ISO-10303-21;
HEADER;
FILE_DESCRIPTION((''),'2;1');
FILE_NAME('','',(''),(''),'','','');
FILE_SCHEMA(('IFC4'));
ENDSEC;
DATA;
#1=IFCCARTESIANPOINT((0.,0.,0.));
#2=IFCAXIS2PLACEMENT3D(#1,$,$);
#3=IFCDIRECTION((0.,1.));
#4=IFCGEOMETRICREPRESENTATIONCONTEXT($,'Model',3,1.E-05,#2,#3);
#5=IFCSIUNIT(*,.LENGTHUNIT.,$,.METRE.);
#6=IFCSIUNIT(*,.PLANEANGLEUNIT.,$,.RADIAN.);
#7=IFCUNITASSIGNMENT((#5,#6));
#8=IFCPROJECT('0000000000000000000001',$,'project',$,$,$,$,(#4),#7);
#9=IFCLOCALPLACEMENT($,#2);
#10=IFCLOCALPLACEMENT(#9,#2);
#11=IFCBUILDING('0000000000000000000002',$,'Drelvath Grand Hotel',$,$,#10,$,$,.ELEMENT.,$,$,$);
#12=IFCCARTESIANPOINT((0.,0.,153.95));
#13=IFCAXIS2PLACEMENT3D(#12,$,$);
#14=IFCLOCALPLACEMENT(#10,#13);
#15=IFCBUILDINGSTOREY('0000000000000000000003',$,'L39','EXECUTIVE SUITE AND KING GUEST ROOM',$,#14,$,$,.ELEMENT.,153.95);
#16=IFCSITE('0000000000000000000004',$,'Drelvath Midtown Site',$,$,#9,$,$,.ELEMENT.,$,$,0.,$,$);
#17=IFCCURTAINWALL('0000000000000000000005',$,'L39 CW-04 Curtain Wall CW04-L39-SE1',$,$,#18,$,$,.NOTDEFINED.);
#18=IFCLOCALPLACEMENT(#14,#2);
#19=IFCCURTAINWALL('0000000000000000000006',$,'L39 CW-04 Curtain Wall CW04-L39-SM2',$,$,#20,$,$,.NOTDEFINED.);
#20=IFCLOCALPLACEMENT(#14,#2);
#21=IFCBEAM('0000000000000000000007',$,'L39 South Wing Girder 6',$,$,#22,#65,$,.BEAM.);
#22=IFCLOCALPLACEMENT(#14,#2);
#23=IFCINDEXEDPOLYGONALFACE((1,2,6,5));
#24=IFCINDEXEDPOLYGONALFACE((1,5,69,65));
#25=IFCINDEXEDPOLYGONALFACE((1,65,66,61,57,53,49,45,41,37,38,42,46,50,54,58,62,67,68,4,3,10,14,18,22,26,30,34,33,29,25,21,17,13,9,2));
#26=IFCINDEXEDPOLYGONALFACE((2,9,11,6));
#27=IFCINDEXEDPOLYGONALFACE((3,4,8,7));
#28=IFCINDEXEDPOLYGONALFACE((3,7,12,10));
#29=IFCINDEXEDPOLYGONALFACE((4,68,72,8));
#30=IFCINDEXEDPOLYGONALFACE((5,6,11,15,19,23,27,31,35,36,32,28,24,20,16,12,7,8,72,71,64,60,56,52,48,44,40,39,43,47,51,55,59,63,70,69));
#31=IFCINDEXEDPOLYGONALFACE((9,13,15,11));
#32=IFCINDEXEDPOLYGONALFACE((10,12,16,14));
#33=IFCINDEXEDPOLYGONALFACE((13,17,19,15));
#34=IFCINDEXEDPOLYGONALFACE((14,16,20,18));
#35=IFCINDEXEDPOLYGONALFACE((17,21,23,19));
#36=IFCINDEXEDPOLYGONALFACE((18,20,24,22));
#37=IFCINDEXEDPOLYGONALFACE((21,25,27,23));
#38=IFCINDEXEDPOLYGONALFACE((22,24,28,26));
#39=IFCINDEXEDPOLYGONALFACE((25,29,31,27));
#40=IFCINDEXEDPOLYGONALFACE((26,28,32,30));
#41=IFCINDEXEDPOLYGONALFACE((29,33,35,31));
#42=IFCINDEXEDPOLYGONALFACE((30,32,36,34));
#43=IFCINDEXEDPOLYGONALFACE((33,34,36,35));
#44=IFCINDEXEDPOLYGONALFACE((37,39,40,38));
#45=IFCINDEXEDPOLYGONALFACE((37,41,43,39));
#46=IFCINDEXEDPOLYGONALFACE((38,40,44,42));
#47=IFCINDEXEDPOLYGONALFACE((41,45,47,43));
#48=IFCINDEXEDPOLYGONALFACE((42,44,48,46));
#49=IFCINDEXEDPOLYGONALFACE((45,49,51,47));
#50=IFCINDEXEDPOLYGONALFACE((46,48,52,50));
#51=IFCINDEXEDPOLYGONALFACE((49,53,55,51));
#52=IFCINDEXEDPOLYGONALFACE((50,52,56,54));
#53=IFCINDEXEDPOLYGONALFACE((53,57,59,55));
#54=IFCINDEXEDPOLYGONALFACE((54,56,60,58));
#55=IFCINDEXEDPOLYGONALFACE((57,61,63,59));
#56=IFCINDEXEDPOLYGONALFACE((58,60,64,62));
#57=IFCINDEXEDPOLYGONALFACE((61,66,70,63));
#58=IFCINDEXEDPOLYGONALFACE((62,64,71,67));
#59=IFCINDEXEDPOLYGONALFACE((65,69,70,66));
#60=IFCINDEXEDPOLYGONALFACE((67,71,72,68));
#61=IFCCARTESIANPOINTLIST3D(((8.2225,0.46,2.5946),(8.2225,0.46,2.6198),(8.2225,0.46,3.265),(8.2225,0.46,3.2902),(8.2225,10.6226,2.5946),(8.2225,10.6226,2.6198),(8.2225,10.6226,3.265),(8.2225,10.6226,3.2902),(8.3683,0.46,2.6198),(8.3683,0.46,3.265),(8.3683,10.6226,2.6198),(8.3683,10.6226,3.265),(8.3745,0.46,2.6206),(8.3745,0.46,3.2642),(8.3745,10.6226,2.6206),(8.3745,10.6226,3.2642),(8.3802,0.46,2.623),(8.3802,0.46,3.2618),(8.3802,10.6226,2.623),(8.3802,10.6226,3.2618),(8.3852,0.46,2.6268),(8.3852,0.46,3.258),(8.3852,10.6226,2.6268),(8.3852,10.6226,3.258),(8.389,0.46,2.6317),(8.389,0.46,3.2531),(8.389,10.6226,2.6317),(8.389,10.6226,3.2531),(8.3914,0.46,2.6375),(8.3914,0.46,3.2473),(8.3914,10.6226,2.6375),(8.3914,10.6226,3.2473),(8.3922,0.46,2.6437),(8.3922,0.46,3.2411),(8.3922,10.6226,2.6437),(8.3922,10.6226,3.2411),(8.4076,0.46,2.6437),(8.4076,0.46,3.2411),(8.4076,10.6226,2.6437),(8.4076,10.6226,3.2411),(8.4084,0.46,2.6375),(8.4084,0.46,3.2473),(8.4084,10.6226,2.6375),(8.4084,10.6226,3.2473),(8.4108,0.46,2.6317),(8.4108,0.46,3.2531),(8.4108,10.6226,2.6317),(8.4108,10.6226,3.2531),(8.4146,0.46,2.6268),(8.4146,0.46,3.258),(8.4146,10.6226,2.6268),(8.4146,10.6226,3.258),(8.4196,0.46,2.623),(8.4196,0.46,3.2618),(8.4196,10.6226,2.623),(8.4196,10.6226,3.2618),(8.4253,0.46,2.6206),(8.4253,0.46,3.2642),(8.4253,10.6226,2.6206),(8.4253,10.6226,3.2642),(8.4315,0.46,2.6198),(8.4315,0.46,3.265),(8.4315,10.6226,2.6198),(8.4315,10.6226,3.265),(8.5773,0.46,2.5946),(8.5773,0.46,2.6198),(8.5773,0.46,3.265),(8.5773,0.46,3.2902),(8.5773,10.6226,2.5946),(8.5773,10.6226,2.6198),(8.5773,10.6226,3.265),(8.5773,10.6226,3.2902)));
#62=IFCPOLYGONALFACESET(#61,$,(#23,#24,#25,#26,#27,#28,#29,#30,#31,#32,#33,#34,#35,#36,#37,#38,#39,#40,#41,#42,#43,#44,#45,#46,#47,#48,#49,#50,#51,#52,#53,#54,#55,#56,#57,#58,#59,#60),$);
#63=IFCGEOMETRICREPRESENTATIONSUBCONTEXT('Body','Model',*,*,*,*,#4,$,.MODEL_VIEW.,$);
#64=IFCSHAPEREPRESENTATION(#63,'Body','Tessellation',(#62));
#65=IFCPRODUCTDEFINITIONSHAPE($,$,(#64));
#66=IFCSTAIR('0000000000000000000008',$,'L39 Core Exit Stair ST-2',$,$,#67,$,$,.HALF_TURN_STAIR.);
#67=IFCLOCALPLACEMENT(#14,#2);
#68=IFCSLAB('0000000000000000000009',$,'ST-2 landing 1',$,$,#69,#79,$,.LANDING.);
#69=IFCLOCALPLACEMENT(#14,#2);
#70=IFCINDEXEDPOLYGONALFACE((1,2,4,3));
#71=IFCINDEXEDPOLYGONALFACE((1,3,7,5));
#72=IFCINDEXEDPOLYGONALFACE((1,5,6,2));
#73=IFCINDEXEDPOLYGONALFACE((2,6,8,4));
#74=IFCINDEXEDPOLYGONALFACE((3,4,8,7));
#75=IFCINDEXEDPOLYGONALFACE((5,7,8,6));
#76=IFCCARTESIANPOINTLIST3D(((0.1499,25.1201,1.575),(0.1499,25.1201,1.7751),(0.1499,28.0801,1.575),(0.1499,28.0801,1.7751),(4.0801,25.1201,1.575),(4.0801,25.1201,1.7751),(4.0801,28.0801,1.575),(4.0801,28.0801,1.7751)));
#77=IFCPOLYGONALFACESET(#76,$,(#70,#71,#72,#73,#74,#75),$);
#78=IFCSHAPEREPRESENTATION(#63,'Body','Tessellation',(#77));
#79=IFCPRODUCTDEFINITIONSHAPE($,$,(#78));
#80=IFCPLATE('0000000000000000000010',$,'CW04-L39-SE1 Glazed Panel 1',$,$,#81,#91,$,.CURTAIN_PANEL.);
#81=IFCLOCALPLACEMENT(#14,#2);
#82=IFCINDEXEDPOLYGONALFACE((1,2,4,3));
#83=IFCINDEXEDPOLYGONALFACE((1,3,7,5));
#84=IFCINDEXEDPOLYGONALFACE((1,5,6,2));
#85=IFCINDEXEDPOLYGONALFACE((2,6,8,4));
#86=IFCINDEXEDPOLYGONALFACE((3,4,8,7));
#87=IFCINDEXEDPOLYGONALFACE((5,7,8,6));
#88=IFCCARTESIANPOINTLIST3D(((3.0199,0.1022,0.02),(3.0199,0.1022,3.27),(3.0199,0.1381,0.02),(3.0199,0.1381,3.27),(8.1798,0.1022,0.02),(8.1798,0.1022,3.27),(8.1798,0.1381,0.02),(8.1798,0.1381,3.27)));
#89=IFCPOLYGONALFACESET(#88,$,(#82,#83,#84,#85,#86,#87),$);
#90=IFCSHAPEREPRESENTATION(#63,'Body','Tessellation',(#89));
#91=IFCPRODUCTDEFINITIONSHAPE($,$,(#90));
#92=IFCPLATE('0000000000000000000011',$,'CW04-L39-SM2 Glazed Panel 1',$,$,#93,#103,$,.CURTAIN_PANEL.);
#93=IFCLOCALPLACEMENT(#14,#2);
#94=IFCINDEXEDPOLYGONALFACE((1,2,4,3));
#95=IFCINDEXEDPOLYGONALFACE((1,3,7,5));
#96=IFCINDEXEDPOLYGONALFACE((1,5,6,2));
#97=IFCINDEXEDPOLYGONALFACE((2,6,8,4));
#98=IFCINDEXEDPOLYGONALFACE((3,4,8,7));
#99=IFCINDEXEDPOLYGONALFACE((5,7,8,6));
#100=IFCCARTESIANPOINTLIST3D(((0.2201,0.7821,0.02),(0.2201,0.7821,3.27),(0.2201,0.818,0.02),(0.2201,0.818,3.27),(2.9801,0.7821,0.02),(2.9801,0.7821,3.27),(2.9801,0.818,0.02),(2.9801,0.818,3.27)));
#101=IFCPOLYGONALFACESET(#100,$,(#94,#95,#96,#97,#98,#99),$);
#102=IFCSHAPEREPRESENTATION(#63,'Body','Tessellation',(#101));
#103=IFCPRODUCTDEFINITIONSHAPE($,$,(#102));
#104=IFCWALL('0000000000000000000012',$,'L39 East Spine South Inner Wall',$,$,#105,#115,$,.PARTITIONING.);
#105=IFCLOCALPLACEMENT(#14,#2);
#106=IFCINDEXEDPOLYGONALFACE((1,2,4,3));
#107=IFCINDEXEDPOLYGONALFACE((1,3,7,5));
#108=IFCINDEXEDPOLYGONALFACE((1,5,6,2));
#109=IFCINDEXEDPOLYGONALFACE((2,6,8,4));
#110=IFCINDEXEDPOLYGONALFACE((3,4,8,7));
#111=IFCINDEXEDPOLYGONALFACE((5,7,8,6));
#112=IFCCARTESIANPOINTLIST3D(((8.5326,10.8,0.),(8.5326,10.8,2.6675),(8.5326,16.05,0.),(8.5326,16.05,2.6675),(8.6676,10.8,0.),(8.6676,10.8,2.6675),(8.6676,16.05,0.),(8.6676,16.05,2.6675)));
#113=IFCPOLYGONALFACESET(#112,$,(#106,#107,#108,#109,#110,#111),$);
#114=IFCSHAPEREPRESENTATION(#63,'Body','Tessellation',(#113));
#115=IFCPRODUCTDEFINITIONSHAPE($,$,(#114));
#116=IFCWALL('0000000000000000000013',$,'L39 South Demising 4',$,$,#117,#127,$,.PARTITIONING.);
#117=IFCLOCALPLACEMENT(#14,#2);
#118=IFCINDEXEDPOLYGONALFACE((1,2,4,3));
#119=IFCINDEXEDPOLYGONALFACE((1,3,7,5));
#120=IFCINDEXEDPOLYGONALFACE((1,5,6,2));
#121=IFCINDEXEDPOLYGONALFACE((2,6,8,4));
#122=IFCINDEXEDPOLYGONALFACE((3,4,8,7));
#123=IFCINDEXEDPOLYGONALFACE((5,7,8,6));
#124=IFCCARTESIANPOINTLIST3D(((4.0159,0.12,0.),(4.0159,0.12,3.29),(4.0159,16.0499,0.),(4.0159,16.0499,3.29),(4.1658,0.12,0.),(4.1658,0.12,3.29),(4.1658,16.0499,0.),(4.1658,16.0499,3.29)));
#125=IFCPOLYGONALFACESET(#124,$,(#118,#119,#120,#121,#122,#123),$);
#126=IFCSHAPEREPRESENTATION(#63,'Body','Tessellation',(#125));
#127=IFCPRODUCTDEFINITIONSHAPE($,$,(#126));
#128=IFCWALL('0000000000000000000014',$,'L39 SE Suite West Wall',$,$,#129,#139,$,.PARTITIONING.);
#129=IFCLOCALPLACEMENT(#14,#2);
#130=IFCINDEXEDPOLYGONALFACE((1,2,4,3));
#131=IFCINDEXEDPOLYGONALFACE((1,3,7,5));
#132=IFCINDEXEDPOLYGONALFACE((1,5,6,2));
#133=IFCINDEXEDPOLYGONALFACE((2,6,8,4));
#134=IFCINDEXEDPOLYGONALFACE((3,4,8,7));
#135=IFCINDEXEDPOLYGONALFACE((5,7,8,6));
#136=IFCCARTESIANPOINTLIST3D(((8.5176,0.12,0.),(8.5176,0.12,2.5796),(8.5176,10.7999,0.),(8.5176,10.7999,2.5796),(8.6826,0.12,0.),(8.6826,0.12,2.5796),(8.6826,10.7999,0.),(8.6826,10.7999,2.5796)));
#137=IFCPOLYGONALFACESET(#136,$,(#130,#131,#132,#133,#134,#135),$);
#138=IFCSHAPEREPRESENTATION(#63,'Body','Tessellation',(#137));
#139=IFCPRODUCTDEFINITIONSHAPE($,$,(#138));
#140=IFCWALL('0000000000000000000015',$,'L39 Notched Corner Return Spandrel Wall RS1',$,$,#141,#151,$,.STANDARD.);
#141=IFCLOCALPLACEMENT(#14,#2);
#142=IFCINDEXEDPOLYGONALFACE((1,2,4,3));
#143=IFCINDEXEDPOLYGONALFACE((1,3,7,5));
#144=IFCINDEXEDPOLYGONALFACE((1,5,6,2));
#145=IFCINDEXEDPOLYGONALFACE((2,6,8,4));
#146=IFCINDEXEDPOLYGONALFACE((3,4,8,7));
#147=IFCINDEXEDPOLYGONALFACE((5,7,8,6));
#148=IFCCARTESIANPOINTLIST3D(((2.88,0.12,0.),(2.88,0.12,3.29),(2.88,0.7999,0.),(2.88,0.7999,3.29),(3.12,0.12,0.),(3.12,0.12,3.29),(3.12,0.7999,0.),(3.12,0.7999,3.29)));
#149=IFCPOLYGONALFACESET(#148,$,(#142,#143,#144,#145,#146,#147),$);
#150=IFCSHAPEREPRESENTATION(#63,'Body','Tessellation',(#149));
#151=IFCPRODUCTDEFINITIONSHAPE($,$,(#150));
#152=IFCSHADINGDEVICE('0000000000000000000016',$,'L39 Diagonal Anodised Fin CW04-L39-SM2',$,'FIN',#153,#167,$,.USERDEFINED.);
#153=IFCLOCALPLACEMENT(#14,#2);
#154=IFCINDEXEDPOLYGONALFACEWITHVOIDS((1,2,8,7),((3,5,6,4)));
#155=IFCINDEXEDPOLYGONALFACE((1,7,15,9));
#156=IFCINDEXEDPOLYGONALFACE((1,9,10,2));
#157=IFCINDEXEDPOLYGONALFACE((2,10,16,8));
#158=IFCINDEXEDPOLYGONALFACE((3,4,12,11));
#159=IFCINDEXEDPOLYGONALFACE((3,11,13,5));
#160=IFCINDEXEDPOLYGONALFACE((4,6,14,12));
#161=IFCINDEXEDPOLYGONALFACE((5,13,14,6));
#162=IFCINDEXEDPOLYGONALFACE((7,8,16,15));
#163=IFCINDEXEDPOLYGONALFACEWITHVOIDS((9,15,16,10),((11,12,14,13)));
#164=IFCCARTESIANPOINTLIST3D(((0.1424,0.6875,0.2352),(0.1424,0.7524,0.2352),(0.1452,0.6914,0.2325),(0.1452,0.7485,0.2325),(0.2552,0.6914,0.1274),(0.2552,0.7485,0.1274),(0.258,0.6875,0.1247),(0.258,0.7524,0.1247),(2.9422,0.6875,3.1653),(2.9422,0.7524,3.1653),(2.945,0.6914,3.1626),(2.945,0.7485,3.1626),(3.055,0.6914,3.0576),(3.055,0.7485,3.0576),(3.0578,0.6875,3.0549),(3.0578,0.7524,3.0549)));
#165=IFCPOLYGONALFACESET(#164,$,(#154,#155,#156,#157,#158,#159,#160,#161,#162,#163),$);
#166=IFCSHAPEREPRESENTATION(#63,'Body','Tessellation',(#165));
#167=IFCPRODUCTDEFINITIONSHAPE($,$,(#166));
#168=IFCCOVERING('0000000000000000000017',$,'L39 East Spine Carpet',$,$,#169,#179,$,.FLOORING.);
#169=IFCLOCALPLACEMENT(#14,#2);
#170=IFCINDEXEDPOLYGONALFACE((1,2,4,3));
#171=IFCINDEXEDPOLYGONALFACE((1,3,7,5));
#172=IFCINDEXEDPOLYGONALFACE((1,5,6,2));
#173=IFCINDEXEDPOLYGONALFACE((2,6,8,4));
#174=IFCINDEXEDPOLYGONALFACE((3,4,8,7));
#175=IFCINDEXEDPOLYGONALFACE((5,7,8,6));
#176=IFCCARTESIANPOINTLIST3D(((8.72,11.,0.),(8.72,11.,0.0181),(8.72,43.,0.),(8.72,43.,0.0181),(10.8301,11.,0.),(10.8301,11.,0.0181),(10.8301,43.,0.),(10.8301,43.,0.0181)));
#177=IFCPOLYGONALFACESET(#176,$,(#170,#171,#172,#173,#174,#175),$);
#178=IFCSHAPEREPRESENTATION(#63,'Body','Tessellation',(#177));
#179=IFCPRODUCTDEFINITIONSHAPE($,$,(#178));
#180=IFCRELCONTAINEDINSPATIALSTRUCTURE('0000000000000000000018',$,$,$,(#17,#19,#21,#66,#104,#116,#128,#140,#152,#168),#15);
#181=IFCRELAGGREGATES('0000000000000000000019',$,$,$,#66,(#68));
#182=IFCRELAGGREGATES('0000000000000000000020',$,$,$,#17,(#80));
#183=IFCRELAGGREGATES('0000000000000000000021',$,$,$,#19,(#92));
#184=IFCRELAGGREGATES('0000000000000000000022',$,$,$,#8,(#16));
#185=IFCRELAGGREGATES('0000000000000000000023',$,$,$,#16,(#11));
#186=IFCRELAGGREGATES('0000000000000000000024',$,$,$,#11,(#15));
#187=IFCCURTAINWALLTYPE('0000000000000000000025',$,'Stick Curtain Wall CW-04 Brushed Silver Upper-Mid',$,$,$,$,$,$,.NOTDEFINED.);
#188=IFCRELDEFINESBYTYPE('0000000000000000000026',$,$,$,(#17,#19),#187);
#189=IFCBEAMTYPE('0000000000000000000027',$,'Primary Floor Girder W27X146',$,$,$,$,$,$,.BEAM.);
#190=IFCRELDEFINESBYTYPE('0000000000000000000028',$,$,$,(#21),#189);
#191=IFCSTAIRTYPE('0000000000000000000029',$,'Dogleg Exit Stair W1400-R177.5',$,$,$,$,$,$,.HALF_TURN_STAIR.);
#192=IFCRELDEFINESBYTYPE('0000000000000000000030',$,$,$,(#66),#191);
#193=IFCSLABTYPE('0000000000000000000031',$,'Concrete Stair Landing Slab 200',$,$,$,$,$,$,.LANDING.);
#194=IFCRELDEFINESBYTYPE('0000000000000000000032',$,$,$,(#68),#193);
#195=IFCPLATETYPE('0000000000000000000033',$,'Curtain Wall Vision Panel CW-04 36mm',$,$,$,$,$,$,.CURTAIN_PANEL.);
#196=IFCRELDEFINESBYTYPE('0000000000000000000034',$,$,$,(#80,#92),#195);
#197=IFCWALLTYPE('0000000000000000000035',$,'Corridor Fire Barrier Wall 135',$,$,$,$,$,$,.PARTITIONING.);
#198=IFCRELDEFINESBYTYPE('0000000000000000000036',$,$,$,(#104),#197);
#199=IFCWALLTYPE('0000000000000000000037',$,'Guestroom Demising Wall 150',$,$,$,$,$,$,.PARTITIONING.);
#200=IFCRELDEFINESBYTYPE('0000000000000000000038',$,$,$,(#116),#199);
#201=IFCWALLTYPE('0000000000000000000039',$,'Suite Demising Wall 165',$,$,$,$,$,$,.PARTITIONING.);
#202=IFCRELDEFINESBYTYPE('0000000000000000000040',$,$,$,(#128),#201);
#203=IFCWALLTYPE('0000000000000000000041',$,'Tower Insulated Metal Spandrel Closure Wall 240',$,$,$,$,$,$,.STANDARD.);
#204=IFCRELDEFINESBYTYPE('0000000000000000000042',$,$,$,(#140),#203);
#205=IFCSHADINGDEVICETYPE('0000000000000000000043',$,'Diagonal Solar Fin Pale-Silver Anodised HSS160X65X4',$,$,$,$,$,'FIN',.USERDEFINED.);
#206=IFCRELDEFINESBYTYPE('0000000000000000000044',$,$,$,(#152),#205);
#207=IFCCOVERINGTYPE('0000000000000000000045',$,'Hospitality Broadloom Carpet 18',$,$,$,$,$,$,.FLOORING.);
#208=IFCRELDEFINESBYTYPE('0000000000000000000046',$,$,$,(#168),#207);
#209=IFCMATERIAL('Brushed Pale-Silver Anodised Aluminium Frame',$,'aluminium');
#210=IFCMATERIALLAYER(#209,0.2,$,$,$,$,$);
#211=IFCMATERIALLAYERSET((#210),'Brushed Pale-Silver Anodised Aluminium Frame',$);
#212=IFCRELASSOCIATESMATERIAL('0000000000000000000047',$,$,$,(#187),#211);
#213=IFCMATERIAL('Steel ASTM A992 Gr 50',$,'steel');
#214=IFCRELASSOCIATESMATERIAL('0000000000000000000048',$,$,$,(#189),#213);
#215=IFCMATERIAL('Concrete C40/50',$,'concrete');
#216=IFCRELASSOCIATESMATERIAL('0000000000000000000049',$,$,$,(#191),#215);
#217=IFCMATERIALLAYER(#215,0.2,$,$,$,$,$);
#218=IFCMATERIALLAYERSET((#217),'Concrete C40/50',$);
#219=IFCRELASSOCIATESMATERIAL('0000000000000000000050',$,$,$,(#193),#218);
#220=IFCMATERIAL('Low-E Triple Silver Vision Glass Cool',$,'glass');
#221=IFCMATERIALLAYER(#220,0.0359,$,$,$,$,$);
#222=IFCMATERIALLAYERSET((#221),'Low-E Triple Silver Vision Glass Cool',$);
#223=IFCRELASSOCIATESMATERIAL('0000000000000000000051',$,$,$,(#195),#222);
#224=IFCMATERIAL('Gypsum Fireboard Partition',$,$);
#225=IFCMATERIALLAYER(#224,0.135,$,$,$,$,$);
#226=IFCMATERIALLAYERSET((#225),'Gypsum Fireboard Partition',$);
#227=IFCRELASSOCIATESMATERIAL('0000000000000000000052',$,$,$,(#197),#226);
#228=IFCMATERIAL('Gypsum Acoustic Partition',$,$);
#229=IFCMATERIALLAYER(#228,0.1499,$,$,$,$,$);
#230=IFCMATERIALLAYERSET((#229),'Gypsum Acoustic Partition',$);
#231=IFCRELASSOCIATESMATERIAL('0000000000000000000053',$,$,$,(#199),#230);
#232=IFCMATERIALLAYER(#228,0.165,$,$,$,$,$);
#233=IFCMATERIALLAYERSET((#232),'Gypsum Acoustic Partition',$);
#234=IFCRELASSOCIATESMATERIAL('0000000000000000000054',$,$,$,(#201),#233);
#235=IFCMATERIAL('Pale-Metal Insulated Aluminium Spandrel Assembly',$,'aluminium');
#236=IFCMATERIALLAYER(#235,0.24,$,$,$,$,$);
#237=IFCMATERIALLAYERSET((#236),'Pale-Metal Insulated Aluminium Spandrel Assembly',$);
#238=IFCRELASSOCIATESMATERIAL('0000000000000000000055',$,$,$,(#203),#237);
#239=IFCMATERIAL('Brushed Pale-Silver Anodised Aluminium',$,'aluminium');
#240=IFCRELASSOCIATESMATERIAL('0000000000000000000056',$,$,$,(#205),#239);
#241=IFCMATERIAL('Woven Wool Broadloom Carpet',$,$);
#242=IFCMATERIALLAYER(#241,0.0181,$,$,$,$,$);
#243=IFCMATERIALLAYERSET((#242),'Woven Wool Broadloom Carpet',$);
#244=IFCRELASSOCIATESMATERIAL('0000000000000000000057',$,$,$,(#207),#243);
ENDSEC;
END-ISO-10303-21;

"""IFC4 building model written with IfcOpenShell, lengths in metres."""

from ifc_helpers import new_model, si_unit, direction, frame, frame_2d, origin, origin_2d, place, context, subcontext, project, spatial, polyline, rectangle, hollow_rectangle, i_section, outline, extrude, material, layer, layer_set, material_profile, profile_set, type_object, element, aggregate, save


model = new_model("IFC4")

# Units and contexts
model_context = context("Model", 3, precision=1e-05, world=origin(), true_north=direction((0.0, 1.0)))
body_context = subcontext(model_context, "Body", "Model", "MODEL_VIEW")
ifc_project = project(units=[si_unit("LENGTHUNIT", "METRE"), si_unit("PLANEANGLEUNIT", "RADIAN")], contexts=[model_context])

# Site, building, storey
site_placement = place(None, origin())
site = spatial("IfcSite", under=ifc_project, at=site_placement, Name="Drelvath Midtown Site", CompositionType="ELEMENT", RefElevation=0.0)
building_placement = place(site_placement, origin())
building = spatial("IfcBuilding", under=site, at=building_placement, Name="Drelvath Grand Hotel", CompositionType="ELEMENT")
storey_placement = place(building_placement, frame((0.0, 0.0, 153.95)))
storey = spatial("IfcBuildingStorey", under=building, at=storey_placement, Name="L39", Description="EXECUTIVE SUITE AND KING GUEST ROOM", CompositionType="ELEMENT", Elevation=153.95)

# Curtain walls
ifc_material_1 = material(Name="Brushed Pale-Silver Anodised Aluminium Frame", Category="aluminium")
ifc_layer_1 = layer(ifc_material_1, 0.2)
ifc_layer_set_1 = layer_set([ifc_layer_1], Name="Brushed Pale-Silver Anodised Aluminium Frame")
curtain_wall_type = type_object("IfcCurtainWallType", Name="Stick Curtain Wall CW-04 Brushed Silver Upper-Mid", PredefinedType="NOTDEFINED", material=ifc_layer_set_1)
curtain_wall_1_placement = place(storey_placement, origin())
curtain_wall_1 = element("IfcCurtainWall", 1, at=curtain_wall_1_placement, inside=storey, type_object=curtain_wall_type, Name="L39 CW-04 Curtain Wall CW04-L39-SE1", PredefinedType="NOTDEFINED")
curtain_wall_2_placement = place(storey_placement, origin())
curtain_wall_2 = element("IfcCurtainWall", 2, at=curtain_wall_2_placement, inside=storey, type_object=curtain_wall_type, Name="L39 CW-04 Curtain Wall CW04-L39-SM2", PredefinedType="NOTDEFINED")

# Beam
ifc_material_2 = material(Name="Steel ASTM A992 Gr 50", Category="steel")
ifc_material_profile_1 = material_profile(ifc_material_2, i_section(OverallWidth=0.3547, OverallDepth=0.6956, WebThickness=0.0154, FlangeThickness=0.0251, FilletRadius=0.0239, at=origin_2d()), Name="W27X146")
ifc_profile_set_1 = profile_set([ifc_material_profile_1], Name="Steel ASTM A992 Gr 50")
beam_type_1 = type_object("IfcBeamType", Name="Primary Floor Girder W27X146", PredefinedType="BEAM", material=ifc_profile_set_1)
beam_1_placement = place(storey_placement, frame((8.3999, 0.46, 2.9424), z_axis=(0.0, 1.0, 0.0), x_axis=(-1.0, 0.0, 0.0)))
element("IfcBeam", 3, at=beam_1_placement, inside=storey, type_object=beam_type_1, Name="L39 South Wing Girder 6", PredefinedType="BEAM", context=body_context, shape_type="SweptSolid", body=[
    extrude(i_section(OverallWidth=0.3547, OverallDepth=0.6956, WebThickness=0.0154, FlangeThickness=0.0251, FilletRadius=0.0239, at=origin_2d()), origin(), (0.0, 0.0, 1.0), 10.1626),
])

# Stair, slab
ifc_material_3 = material(Name="Concrete C40/50", Category="concrete")
stair_type = type_object("IfcStairType", Name="Dogleg Exit Stair W1400-R177.5", PredefinedType="HALF_TURN_STAIR", material=ifc_material_3)
stair_placement = place(storey_placement, origin())
stair = element("IfcStair", 4, at=stair_placement, inside=storey, type_object=stair_type, Name="L39 Core Exit Stair ST-2", PredefinedType="HALF_TURN_STAIR")
ifc_layer_2 = layer(ifc_material_3, 0.2)
ifc_layer_set_2 = layer_set([ifc_layer_2], Name="Concrete C40/50")
slab_type = type_object("IfcSlabType", Name="Concrete Stair Landing Slab 200", PredefinedType="LANDING", material=ifc_layer_set_2)
slab_placement = place(storey_placement, frame((0.0, 0.0, 1.575)))
slab = element("IfcSlab", 5, at=slab_placement, type_object=slab_type, Name="ST-2 landing 1", PredefinedType="LANDING", context=body_context, shape_type="SweptSolid", body=[
    extrude(outline(polyline([(4.0801, 28.0801), (0.1499, 28.0801), (0.1499, 25.1201), (4.0801, 25.1201), (4.0801, 28.0801)])), origin(), (0.0, 0.0, 1.0), 0.2002),
])
aggregate(stair, [slab])

# Plates
ifc_material_4 = material(Name="Low-E Triple Silver Vision Glass Cool", Category="glass")
ifc_layer_3 = layer(ifc_material_4, 0.0359)
ifc_layer_set_3 = layer_set([ifc_layer_3], Name="Low-E Triple Silver Vision Glass Cool")
plate_type = type_object("IfcPlateType", Name="Curtain Wall Vision Panel CW-04 36mm", PredefinedType="CURTAIN_PANEL", material=ifc_layer_set_3)
plate_1_placement = place(storey_placement, frame((5.5999, 0.1201, 0.02), z_axis=(0.0, 0.0, 1.0), x_axis=(-1.0, 0.0, 0.0)))
plate_1 = element("IfcPlate", 6, at=plate_1_placement, type_object=plate_type, Name="CW04-L39-SE1 Glazed Panel 1", PredefinedType="CURTAIN_PANEL", context=body_context, shape_type="SweptSolid", body=[
    extrude(rectangle(XDim=5.1599, YDim=0.0359, at=origin_2d()), origin(), (0.0, 0.0, 1.0), 3.25),
])
aggregate(curtain_wall_1, [plate_1])
plate_2_placement = place(storey_placement, frame((1.6001, 0.8, 0.02), z_axis=(0.0, 0.0, 1.0), x_axis=(-1.0, 0.0, 0.0)))
plate_2 = element("IfcPlate", 7, at=plate_2_placement, type_object=plate_type, Name="CW04-L39-SM2 Glazed Panel 1", PredefinedType="CURTAIN_PANEL", context=body_context, shape_type="SweptSolid", body=[
    extrude(rectangle(XDim=2.76, YDim=0.0359, at=origin_2d()), origin(), (0.0, 0.0, 1.0), 3.25),
])
aggregate(curtain_wall_2, [plate_2])

# Walls
ifc_material_5 = material(Name="Gypsum Fireboard Partition")
ifc_layer_4 = layer(ifc_material_5, 0.135)
ifc_layer_set_4 = layer_set([ifc_layer_4], Name="Gypsum Fireboard Partition")
wall_type_1 = type_object("IfcWallType", Name="Corridor Fire Barrier Wall 135", PredefinedType="PARTITIONING", material=ifc_layer_set_4)
wall_1_placement = place(storey_placement, frame((8.6001, 10.8, 0.0), z_axis=(0.0, 0.0, 1.0), x_axis=(0.0, 1.0, 0.0)))
element("IfcWall", 8, at=wall_1_placement, inside=storey, type_object=wall_type_1, Name="L39 East Spine South Inner Wall", PredefinedType="PARTITIONING", context=body_context, shape_type="SweptSolid", body=[
    extrude(rectangle(XDim=5.25, YDim=0.135, at=frame_2d((2.625, 0.0))), origin(), (0.0, 0.0, 1.0), 2.6675),
])
ifc_material_6 = material(Name="Gypsum Acoustic Partition")
ifc_layer_5 = layer(ifc_material_6, 0.1499)
ifc_layer_set_5 = layer_set([ifc_layer_5], Name="Gypsum Acoustic Partition")
wall_type_2 = type_object("IfcWallType", Name="Guestroom Demising Wall 150", PredefinedType="PARTITIONING", material=ifc_layer_set_5)
wall_2_placement = place(storey_placement, frame((4.0908, 0.1201, 0.0), z_axis=(0.0, 0.0, 1.0), x_axis=(0.0, 1.0, 0.0)))
element("IfcWall", 9, at=wall_2_placement, inside=storey, type_object=wall_type_2, Name="L39 South Demising 4", PredefinedType="PARTITIONING", context=body_context, shape_type="SweptSolid", body=[
    extrude(rectangle(XDim=15.9299, YDim=0.1499, at=frame_2d((7.9648, 0.0))), origin(), (0.0, 0.0, 1.0), 3.29),
])
ifc_layer_6 = layer(ifc_material_6, 0.165)
ifc_layer_set_6 = layer_set([ifc_layer_6], Name="Gypsum Acoustic Partition")
wall_type_3 = type_object("IfcWallType", Name="Suite Demising Wall 165", PredefinedType="PARTITIONING", material=ifc_layer_set_6)
wall_3_placement = place(storey_placement, frame((8.6001, 0.1201, 0.0), z_axis=(0.0, 0.0, 1.0), x_axis=(0.0, 1.0, 0.0)))
element("IfcWall", 10, at=wall_3_placement, inside=storey, type_object=wall_type_3, Name="L39 SE Suite West Wall", PredefinedType="PARTITIONING", context=body_context, shape_type="SweptSolid", body=[
    extrude(rectangle(XDim=10.6799, YDim=0.165, at=frame_2d((5.3398, 0.0))), origin(), (0.0, 0.0, 1.0), 2.5796),
])
ifc_material_7 = material(Name="Pale-Metal Insulated Aluminium Spandrel Assembly", Category="aluminium")
ifc_layer_7 = layer(ifc_material_7, 0.24)
ifc_layer_set_7 = layer_set([ifc_layer_7], Name="Pale-Metal Insulated Aluminium Spandrel Assembly")
wall_type_4 = type_object("IfcWallType", Name="Tower Insulated Metal Spandrel Closure Wall 240", PredefinedType="STANDARD", material=ifc_layer_set_7)
wall_4_placement = place(storey_placement, frame((3.0, 0.1201, 0.0), z_axis=(0.0, 0.0, 1.0), x_axis=(0.0, 1.0, 0.0)))
element("IfcWall", 11, at=wall_4_placement, inside=storey, type_object=wall_type_4, Name="L39 Notched Corner Return Spandrel Wall RS1", PredefinedType="STANDARD", context=body_context, shape_type="SweptSolid", body=[
    extrude(rectangle(XDim=0.6799, YDim=0.24, at=frame_2d((0.3398, 0.0))), origin(), (0.0, 0.0, 1.0), 3.29),
])

# Shading device
ifc_material_8 = material(Name="Brushed Pale-Silver Anodised Aluminium", Category="aluminium")
ifc_material_profile_2 = material_profile(ifc_material_8, hollow_rectangle(XDim=0.0649, YDim=0.1599, WallThickness=0.0039, at=origin_2d()), Name="HSS160X65X4")
ifc_profile_set_2 = profile_set([ifc_material_profile_2], Name="Brushed Pale-Silver Anodised Aluminium")
shading_device_type = type_object("IfcShadingDeviceType", Name="Diagonal Solar Fin Pale-Silver Anodised HSS160X65X4", ElementType="FIN", PredefinedType="USERDEFINED", material=ifc_profile_set_2)
shading_device_placement = place(storey_placement, frame((0.2002, 0.72, 0.1799), z_axis=(0.69084, 0.0, 0.723008), x_axis=(0.0, 1.0, 0.0)))
element("IfcShadingDevice", 12, at=shading_device_placement, inside=storey, type_object=shading_device_type, Name="L39 Diagonal Anodised Fin CW04-L39-SM2", ObjectType="FIN", PredefinedType="USERDEFINED", context=body_context, shape_type="SweptSolid", body=[
    extrude(hollow_rectangle(XDim=0.0649, YDim=0.1599, WallThickness=0.0039, at=origin_2d()), origin(), (0.0, 0.0, 1.0), 4.0527),
])

# Covering
ifc_material_9 = material(Name="Woven Wool Broadloom Carpet")
ifc_layer_8 = layer(ifc_material_9, 0.0181)
ifc_layer_set_8 = layer_set([ifc_layer_8], Name="Woven Wool Broadloom Carpet")
covering_type_1 = type_object("IfcCoveringType", Name="Hospitality Broadloom Carpet 18", PredefinedType="FLOORING", material=ifc_layer_set_8)
covering_1_placement = place(storey_placement, origin())
element("IfcCovering", 13, at=covering_1_placement, inside=storey, type_object=covering_type_1, Name="L39 East Spine Carpet", PredefinedType="FLOORING", context=body_context, shape_type="SweptSolid", body=[
    extrude(outline(polyline([(10.8301, 11.0), (10.8301, 43.0), (8.72, 43.0), (8.72, 11.0), (10.8301, 11.0)])), origin(), (0.0, 0.0, 1.0), 0.0181),
])

save(model, "model.ifc")
